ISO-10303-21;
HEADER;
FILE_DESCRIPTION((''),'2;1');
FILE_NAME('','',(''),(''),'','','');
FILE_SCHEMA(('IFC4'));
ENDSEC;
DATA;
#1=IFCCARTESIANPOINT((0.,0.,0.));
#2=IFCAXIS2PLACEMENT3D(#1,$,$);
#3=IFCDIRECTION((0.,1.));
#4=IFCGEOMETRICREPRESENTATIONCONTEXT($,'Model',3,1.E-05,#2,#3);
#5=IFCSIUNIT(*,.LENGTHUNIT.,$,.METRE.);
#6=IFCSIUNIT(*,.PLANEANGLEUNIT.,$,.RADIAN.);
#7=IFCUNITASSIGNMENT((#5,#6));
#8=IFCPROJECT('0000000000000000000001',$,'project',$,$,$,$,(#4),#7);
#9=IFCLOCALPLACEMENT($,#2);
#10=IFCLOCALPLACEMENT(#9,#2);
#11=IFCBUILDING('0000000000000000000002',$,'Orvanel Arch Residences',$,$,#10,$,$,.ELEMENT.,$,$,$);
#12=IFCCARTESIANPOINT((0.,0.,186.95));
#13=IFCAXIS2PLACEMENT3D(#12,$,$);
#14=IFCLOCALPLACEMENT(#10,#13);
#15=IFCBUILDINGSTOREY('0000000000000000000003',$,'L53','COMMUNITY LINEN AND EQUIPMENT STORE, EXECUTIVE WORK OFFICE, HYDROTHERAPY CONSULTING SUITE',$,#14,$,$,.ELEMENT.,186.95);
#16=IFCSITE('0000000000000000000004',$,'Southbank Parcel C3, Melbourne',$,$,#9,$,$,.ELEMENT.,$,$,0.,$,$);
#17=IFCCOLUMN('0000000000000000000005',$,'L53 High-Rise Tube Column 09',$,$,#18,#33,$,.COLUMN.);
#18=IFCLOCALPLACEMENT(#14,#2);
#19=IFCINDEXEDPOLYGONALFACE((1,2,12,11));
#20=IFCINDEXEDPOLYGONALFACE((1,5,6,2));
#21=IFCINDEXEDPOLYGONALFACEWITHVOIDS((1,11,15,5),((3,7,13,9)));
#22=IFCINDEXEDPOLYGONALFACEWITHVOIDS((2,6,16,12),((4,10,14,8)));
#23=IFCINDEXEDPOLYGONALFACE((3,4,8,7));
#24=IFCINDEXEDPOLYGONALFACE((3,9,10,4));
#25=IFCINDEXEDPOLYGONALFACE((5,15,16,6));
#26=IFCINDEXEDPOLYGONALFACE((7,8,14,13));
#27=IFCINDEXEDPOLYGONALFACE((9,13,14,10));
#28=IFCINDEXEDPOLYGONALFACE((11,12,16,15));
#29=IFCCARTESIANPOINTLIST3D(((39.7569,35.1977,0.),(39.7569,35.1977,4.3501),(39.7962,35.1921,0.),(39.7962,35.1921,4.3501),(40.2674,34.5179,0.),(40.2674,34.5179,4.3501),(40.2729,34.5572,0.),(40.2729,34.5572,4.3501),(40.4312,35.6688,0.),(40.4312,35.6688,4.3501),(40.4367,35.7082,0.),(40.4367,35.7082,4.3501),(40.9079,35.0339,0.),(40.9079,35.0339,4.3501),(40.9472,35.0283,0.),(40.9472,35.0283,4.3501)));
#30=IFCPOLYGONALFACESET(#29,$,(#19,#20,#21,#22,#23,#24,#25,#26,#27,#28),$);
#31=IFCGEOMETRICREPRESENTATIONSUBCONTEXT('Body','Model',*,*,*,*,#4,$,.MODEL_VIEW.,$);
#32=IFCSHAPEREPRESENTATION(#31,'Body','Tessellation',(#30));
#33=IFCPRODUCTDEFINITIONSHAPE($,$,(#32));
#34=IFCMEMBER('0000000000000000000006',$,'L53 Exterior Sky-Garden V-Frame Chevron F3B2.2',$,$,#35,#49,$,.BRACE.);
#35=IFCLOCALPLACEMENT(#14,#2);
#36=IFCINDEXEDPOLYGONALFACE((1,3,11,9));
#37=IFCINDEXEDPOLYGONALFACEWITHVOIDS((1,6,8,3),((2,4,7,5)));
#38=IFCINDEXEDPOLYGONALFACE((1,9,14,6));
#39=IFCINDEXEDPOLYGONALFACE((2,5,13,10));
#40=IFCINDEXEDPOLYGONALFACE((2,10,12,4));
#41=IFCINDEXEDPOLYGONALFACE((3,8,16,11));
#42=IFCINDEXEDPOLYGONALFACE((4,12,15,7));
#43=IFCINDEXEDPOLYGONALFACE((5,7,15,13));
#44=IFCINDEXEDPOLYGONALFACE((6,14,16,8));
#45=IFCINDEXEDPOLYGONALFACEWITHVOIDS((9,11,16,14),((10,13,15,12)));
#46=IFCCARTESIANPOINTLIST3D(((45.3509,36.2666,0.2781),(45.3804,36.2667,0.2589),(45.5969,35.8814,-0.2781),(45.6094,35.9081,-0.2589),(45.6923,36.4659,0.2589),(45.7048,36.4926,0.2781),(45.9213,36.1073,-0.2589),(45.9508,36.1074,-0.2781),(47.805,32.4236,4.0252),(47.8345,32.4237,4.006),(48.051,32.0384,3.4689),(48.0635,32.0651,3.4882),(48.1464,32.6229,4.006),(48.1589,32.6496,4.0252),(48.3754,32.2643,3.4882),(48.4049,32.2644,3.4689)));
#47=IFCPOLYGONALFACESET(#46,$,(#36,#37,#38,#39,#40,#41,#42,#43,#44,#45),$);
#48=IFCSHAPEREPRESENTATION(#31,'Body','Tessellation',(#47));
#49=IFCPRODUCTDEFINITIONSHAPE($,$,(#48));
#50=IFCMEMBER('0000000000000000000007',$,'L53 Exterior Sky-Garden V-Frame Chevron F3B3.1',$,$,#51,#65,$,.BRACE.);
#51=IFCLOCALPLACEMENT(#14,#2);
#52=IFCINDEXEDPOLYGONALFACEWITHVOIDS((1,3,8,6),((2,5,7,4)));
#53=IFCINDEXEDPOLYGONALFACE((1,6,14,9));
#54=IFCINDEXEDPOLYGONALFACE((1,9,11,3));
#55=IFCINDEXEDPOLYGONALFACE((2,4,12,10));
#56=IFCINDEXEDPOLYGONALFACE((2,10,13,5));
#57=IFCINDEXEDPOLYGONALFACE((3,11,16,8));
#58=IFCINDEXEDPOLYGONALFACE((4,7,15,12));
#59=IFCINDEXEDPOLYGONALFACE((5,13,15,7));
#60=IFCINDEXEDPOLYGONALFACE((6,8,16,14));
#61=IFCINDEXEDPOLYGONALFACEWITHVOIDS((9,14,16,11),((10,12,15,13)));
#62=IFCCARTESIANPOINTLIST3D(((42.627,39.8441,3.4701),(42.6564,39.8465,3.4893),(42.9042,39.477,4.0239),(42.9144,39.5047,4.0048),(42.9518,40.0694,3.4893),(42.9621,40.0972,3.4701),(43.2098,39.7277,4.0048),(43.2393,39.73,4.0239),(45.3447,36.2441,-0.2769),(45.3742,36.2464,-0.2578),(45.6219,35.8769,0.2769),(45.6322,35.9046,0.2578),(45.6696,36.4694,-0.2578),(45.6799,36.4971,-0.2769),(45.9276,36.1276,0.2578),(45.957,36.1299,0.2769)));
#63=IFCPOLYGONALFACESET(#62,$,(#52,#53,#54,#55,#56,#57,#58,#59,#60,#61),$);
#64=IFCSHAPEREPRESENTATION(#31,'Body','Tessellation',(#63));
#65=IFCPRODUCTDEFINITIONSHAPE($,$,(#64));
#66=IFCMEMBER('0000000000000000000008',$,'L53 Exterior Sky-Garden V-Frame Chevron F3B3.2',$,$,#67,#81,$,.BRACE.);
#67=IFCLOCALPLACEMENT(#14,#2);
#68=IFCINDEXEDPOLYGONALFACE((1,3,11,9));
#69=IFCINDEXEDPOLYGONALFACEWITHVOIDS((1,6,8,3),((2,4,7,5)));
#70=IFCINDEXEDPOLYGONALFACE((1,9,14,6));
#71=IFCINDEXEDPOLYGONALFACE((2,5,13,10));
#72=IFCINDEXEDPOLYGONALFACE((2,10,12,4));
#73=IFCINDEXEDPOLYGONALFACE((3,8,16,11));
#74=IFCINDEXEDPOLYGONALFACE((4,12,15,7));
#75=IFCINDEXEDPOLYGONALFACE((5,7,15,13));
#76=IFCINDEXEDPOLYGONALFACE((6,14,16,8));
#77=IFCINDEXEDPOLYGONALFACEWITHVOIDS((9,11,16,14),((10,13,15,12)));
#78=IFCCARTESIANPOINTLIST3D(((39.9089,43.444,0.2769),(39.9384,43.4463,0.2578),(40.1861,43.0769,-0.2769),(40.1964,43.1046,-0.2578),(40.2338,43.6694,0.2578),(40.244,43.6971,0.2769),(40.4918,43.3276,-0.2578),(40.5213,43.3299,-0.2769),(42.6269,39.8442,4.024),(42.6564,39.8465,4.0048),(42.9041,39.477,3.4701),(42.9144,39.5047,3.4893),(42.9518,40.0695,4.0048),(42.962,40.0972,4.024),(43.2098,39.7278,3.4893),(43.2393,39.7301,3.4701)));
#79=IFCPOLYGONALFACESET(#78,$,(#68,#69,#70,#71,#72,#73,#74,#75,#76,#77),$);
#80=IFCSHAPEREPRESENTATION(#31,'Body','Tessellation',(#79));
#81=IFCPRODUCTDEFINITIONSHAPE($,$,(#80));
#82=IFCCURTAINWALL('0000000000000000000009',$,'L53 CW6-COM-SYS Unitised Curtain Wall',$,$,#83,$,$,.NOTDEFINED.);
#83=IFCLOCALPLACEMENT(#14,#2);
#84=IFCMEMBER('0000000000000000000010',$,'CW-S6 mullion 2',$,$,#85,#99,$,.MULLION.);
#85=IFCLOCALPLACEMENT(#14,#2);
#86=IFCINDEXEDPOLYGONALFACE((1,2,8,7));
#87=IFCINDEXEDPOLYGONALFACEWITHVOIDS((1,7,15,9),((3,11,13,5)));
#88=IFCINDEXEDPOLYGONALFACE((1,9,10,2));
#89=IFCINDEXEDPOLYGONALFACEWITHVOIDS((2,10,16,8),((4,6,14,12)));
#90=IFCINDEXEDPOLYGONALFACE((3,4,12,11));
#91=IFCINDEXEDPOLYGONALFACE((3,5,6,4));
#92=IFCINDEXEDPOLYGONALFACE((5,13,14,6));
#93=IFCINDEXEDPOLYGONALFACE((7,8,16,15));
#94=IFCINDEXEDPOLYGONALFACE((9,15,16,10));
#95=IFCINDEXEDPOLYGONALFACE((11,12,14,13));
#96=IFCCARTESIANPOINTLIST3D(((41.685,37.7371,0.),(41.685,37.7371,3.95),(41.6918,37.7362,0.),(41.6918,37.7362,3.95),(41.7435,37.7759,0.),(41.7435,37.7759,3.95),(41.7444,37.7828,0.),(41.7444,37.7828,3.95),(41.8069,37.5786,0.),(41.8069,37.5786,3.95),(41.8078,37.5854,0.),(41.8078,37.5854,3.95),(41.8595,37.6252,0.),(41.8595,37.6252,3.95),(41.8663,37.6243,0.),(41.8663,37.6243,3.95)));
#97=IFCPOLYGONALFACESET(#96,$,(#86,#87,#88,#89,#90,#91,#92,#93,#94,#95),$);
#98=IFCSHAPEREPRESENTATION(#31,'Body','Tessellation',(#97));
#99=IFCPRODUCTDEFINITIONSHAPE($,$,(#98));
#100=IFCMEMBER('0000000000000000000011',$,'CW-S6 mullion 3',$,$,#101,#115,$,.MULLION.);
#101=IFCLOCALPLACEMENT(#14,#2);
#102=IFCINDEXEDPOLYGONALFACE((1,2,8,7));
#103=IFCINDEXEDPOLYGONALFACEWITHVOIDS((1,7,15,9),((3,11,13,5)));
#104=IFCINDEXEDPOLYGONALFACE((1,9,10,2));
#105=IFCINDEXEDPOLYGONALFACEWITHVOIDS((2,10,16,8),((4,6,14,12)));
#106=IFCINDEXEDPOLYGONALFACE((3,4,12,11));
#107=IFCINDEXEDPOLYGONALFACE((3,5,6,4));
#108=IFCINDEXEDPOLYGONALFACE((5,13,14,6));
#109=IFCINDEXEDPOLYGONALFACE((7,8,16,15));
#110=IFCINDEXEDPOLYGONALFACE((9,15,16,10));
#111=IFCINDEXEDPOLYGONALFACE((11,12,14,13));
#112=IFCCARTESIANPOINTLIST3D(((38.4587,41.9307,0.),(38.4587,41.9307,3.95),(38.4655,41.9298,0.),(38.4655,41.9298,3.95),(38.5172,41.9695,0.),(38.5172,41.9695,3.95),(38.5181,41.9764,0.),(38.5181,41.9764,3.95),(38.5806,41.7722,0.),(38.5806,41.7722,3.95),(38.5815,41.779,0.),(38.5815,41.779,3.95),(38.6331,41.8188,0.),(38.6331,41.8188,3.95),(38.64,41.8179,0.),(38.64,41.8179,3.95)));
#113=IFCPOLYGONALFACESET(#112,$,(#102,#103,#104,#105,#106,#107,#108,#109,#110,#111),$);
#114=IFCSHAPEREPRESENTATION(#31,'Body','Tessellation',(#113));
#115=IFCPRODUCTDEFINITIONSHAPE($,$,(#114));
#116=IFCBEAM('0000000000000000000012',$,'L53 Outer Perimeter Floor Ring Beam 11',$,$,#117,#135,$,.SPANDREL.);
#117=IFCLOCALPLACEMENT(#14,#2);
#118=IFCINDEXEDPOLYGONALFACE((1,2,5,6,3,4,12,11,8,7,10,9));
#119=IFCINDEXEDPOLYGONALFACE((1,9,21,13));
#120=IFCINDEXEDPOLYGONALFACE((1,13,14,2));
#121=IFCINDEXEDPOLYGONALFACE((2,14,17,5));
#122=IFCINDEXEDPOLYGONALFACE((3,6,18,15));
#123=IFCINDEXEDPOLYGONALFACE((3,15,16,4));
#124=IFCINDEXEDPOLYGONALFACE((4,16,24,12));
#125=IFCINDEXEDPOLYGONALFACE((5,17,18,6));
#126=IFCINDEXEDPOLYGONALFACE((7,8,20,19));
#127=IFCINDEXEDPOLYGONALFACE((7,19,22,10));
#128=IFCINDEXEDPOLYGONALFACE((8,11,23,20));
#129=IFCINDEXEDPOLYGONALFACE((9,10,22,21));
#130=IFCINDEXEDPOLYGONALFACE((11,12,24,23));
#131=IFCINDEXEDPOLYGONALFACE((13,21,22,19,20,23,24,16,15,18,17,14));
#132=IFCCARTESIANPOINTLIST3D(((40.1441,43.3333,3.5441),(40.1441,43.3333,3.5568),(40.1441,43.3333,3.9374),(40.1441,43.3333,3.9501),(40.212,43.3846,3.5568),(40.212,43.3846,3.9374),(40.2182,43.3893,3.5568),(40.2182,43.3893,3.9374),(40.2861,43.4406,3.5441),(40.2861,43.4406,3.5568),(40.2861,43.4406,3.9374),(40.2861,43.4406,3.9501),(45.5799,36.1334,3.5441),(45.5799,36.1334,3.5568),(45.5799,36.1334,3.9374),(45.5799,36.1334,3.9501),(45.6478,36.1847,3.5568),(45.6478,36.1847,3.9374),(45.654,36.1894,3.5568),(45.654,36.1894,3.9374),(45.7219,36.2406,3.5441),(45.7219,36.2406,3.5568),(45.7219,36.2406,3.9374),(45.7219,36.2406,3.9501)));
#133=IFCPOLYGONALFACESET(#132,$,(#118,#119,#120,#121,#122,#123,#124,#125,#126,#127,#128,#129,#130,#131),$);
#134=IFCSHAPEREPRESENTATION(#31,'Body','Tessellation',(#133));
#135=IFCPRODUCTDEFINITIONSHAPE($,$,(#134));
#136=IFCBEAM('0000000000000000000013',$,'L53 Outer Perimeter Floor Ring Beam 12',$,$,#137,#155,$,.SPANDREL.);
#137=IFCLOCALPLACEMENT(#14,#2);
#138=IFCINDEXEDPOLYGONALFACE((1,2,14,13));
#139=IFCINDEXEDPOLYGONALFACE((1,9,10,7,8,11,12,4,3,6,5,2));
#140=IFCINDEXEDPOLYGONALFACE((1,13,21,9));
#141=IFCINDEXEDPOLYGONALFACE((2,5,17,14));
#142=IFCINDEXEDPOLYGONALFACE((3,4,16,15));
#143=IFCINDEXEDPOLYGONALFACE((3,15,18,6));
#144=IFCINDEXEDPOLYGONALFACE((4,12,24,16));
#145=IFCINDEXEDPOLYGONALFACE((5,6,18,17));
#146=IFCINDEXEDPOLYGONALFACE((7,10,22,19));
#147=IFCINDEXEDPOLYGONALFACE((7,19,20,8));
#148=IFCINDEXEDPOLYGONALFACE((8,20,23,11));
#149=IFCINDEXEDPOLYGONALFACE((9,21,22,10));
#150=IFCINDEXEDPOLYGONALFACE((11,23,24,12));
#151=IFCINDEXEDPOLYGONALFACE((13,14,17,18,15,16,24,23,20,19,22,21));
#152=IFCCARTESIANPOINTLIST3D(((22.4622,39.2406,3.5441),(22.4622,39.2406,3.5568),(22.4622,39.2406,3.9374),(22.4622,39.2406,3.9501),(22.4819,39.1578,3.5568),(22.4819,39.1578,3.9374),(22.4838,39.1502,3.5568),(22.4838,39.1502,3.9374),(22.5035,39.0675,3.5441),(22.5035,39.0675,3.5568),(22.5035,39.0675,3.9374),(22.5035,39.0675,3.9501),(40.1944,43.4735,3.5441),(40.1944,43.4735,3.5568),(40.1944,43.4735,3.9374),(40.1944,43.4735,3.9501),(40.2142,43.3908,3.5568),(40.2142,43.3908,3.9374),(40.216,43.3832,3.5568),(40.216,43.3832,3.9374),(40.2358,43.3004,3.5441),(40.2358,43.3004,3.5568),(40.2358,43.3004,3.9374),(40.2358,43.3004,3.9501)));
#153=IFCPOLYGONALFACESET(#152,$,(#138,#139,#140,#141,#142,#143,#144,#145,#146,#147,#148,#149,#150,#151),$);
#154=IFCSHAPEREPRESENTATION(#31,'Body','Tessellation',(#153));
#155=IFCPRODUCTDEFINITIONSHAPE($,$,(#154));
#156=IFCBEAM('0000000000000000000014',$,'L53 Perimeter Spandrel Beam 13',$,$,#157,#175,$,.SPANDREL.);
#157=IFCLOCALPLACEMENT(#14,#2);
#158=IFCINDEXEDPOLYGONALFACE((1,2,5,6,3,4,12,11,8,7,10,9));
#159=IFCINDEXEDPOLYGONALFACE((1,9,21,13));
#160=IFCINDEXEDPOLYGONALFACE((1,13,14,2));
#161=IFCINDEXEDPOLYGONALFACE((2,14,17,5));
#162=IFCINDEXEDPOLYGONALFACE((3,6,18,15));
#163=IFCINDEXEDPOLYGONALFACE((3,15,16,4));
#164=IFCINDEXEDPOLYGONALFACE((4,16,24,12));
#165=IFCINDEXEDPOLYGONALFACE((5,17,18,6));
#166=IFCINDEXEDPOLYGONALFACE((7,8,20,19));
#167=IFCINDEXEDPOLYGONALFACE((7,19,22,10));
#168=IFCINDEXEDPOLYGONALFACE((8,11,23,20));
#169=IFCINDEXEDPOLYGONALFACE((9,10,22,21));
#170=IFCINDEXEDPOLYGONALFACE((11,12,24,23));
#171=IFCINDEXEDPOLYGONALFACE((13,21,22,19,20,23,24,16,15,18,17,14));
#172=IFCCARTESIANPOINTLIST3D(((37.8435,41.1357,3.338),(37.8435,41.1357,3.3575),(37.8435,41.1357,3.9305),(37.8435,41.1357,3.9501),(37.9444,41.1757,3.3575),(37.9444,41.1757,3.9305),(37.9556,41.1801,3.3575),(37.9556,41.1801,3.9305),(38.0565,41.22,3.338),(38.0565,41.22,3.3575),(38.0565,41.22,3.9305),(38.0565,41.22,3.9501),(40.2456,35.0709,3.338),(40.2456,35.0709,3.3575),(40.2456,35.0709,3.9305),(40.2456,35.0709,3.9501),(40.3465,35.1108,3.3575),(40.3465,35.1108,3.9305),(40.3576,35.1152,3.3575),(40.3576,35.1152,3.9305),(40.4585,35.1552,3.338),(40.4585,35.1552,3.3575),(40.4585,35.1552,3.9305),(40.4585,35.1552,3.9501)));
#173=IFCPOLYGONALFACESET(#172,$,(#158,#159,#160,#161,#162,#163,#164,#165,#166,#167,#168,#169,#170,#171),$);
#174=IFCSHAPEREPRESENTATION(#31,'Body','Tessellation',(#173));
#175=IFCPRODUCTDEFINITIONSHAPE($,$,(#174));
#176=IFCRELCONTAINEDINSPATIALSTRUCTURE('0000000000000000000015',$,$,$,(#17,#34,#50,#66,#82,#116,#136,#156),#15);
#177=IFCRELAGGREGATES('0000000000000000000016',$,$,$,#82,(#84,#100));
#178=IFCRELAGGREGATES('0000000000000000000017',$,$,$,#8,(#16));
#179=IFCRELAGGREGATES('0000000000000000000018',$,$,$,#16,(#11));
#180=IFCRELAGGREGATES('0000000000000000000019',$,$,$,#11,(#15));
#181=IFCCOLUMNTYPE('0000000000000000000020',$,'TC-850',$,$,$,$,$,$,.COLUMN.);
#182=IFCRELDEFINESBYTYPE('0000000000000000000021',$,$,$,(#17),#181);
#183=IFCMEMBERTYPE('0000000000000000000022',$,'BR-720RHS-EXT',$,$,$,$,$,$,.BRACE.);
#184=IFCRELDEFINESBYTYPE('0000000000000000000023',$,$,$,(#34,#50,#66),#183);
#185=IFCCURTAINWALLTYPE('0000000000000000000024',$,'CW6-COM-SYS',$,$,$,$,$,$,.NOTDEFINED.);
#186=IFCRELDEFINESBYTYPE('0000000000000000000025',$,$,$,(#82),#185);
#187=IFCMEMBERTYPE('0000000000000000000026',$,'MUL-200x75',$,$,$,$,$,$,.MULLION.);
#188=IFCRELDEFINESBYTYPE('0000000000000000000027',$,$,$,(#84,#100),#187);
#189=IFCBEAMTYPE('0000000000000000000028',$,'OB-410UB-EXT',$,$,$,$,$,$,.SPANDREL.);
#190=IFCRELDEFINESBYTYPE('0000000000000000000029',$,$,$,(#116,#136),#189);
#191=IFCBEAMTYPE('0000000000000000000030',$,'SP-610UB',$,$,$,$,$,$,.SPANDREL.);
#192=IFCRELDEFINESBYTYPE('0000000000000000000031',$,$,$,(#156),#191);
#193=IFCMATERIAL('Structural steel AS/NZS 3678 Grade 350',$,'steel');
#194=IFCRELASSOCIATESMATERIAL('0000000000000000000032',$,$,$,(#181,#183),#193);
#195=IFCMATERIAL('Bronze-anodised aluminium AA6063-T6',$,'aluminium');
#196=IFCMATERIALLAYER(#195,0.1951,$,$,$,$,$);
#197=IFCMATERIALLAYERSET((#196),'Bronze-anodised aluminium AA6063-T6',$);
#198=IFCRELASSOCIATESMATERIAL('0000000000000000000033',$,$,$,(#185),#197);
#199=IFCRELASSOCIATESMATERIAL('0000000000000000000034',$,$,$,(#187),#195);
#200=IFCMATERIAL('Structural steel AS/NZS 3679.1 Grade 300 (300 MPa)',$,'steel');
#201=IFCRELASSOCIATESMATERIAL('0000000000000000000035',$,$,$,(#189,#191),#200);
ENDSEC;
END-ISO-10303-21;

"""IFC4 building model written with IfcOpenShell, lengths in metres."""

from ifc_helpers import new_model, si_unit, direction, frame, origin, origin_2d, place, context, subcontext, project, spatial, hollow_rectangle, i_section, extrude, material, layer, layer_set, material_profile, profile_set, type_object, element, aggregate, save


model = new_model("IFC4")

# Units and contexts
model_context = context("Model", 3, precision=1e-05, world=origin(), true_north=direction((0.0, 1.0)))
body_context = subcontext(model_context, "Body", "Model", "MODEL_VIEW")
ifc_project = project(units=[si_unit("LENGTHUNIT", "METRE"), si_unit("PLANEANGLEUNIT", "RADIAN")], contexts=[model_context])

# Site, building, storey
site_placement = place(None, origin())
site = spatial("IfcSite", under=ifc_project, at=site_placement, Name="Southbank Parcel C3, Melbourne", CompositionType="ELEMENT", RefElevation=0.0)
building_placement = place(site_placement, origin())
building = spatial("IfcBuilding", under=site, at=building_placement, Name="Orvanel Arch Residences", CompositionType="ELEMENT")
storey_placement = place(building_placement, frame((0.0, 0.0, 186.95)))
storey = spatial("IfcBuildingStorey", under=building, at=storey_placement, Name="L53", Description="COMMUNITY LINEN AND EQUIPMENT STORE, EXECUTIVE WORK OFFICE, HYDROTHERAPY CONSULTING SUITE", CompositionType="ELEMENT", Elevation=186.95)

# Column
ifc_material_1 = material(Name="Structural steel AS/NZS 3678 Grade 350", Category="steel")
ifc_material_profile_1 = material_profile(ifc_material_1, hollow_rectangle(XDim=0.8501, YDim=0.8501, WallThickness=0.0281, at=origin_2d()), Name="BOX850x850x28")
ifc_profile_set_1 = profile_set([ifc_material_profile_1], Name="Structural steel AS/NZS 3678 Grade 350")
column_type = type_object("IfcColumnType", Name="TC-850", PredefinedType="COLUMN", material=ifc_profile_set_1)
column_placement = place(storey_placement, frame((40.3521, 35.113, 0.0), z_axis=(0.0, 0.0, 1.0), x_axis=(-0.60042, 0.799685, 0.0)))
element("IfcColumn", 1, at=column_placement, inside=storey, type_object=column_type, Name="L53 High-Rise Tube Column 09", PredefinedType="COLUMN", context=body_context, shape_type="SweptSolid", body=[
    extrude(hollow_rectangle(XDim=0.8501, YDim=0.8501, WallThickness=0.0281, at=origin_2d()), origin(), (0.0, 0.0, 1.0), 4.3501),
])

# Members
ifc_material_profile_2 = material_profile(ifc_material_1, hollow_rectangle(XDim=0.4199, YDim=0.72, WallThickness=0.0249, at=origin_2d()), Name="RHS720x420x25")
ifc_profile_set_2 = profile_set([ifc_material_profile_2], Name="Structural steel AS/NZS 3678 Grade 350")
member_type_1 = type_object("IfcMemberType", Name="BR-720RHS-EXT", PredefinedType="BRACE", material=ifc_profile_set_2)
member_1_placement = place(storey_placement, frame((45.6509, 36.187, 0.0), z_axis=(0.415818, -0.651154, 0.634897), x_axis=(0.842812, 0.538209, 0.0)))
element("IfcMember", 2, at=member_1_placement, inside=storey, type_object=member_type_1, Name="L53 Exterior Sky-Garden V-Frame Chevron F3B2.2", PredefinedType="BRACE", context=body_context, shape_type="SweptSolid", body=[
    extrude(hollow_rectangle(XDim=0.4199, YDim=0.72, WallThickness=0.0249, at=origin_2d()), origin(), (0.0, 0.0, 1.0), 5.9019),
])
for number, where, z_axis, x_axis, name in (
    (3, (45.6509, 36.187, 0.0), (-0.463461, 0.613923, 0.638986), (-0.798113, -0.602508, 0.0), "L53 Exterior Sky-Garden V-Frame Chevron F3B3.1"),
    (4, (40.2151, 43.387, 0.0), (0.463505, -0.613885, 0.63899), (0.798067, 0.602569, 0.0), "L53 Exterior Sky-Garden V-Frame Chevron F3B3.2"),
):
    element("IfcMember", number, at=place(storey_placement, frame(where, z_axis=z_axis, x_axis=x_axis)), inside=storey, type_object=member_type_1, Name=name, PredefinedType="BRACE", context=body_context, shape_type="SweptSolid", body=[
        extrude(hollow_rectangle(XDim=0.4199, YDim=0.72, WallThickness=0.0249, at=origin_2d()), origin(), (0.0, 0.0, 1.0), 5.864),
    ])

# Curtain wall, members
ifc_material_2 = material(Name="Bronze-anodised aluminium AA6063-T6", Category="aluminium")
ifc_layer_1 = layer(ifc_material_2, 0.1951)
ifc_layer_set_1 = layer_set([ifc_layer_1], Name="Bronze-anodised aluminium AA6063-T6")
curtain_wall_type = type_object("IfcCurtainWallType", Name="CW6-COM-SYS", PredefinedType="NOTDEFINED", material=ifc_layer_set_1)
curtain_wall_placement = place(storey_placement, origin())
curtain_wall = element("IfcCurtainWall", 5, at=curtain_wall_placement, inside=storey, type_object=curtain_wall_type, Name="L53 CW6-COM-SYS Unitised Curtain Wall", PredefinedType="NOTDEFINED")
ifc_material_profile_3 = material_profile(ifc_material_2, hollow_rectangle(XDim=0.075, YDim=0.2, WallThickness=0.0049, at=origin_2d()), Name="ALU200x75x5")
ifc_profile_set_3 = profile_set([ifc_material_profile_3], Name="Bronze-anodised aluminium AA6063-T6")
member_type_2 = type_object("IfcMemberType", Name="MUL-200x75", PredefinedType="MULLION", material=ifc_profile_set_3)
member_2_placement = place(storey_placement, frame((41.7756, 37.6807, 0.0), z_axis=(0.0, 0.0, 1.0), x_axis=(-0.792584, -0.609763, 0.0)))
member_2 = element("IfcMember", 6, at=member_2_placement, type_object=member_type_2, Name="CW-S6 mullion 2", PredefinedType="MULLION", context=body_context, shape_type="SweptSolid", body=[
    extrude(hollow_rectangle(XDim=0.075, YDim=0.2, WallThickness=0.0049, at=origin_2d()), origin(), (0.0, 0.0, 1.0), 3.95),
])
member_3_placement = place(storey_placement, frame((38.5493, 41.8743, 0.0), z_axis=(0.0, 0.0, 1.0), x_axis=(-0.792584, -0.609763, 0.0)))
member_3 = element("IfcMember", 7, at=member_3_placement, type_object=member_type_2, Name="CW-S6 mullion 3", PredefinedType="MULLION", context=body_context, shape_type="SweptSolid", body=[
    extrude(hollow_rectangle(XDim=0.075, YDim=0.2, WallThickness=0.0049, at=origin_2d()), origin(), (0.0, 0.0, 1.0), 3.95),
])

# Beams
ifc_material_3 = material(Name="Structural steel AS/NZS 3679.1 Grade 300 (300 MPa)", Category="steel")
ifc_material_profile_4 = material_profile(ifc_material_3, i_section(OverallWidth=0.178, OverallDepth=0.406, WebThickness=0.0078, FlangeThickness=0.0127, at=origin_2d()), Name="410UB59.7")
ifc_profile_set_4 = profile_set([ifc_material_profile_4], Name="Structural steel AS/NZS 3679.1 Grade 300 (300 MPa)")
beam_type_1 = type_object("IfcBeamType", Name="OB-410UB-EXT", PredefinedType="SPANDREL", material=ifc_profile_set_4)
beam_1_placement = place(storey_placement, frame((45.6509, 36.187, 3.7471), z_axis=(-0.602539, 0.79809, 0.0), x_axis=(-0.79809, -0.602539, 0.0)))
element("IfcBeam", 8, at=beam_1_placement, inside=storey, type_object=beam_type_1, Name="L53 Outer Perimeter Floor Ring Beam 11", PredefinedType="SPANDREL", context=body_context, shape_type="SweptSolid", body=[
    extrude(i_section(OverallWidth=0.178, OverallDepth=0.406, WebThickness=0.0078, FlangeThickness=0.0127, at=origin_2d()), origin(), (0.0, 0.0, 1.0), 9.0215),
])
beam_2_placement = place(storey_placement, frame((40.2151, 43.387, 3.7471), z_axis=(-0.972671, -0.23219, 0.0), x_axis=(0.23219, -0.972671, 0.0)))
element("IfcBeam", 9, at=beam_2_placement, inside=storey, type_object=beam_type_1, Name="L53 Outer Perimeter Floor Ring Beam 12", PredefinedType="SPANDREL", context=body_context, shape_type="SweptSolid", body=[
    extrude(i_section(OverallWidth=0.178, OverallDepth=0.406, WebThickness=0.0078, FlangeThickness=0.0127, at=origin_2d()), origin(), (0.0, 0.0, 1.0), 18.2305),
])
ifc_material_profile_5 = material_profile(ifc_material_3, i_section(OverallWidth=0.229, OverallDepth=0.6121, WebThickness=0.012, FlangeThickness=0.0195, at=origin_2d()), Name="610UB125")
ifc_profile_set_5 = profile_set([ifc_material_profile_5], Name="Structural steel AS/NZS 3679.1 Grade 300 (300 MPa)")
beam_type_2 = type_object("IfcBeamType", Name="SP-610UB", PredefinedType="SPANDREL", material=ifc_profile_set_5)
beam_3_placement = place(storey_placement, frame((40.3521, 35.113, 3.644), z_axis=(-0.368233, 0.929733, 0.0), x_axis=(-0.929733, -0.368233, 0.0)))
element("IfcBeam", 10, at=beam_3_placement, inside=storey, type_object=beam_type_2, Name="L53 Perimeter Spandrel Beam 13", PredefinedType="SPANDREL", context=body_context, shape_type="SweptSolid", body=[
    extrude(i_section(OverallWidth=0.229, OverallDepth=0.6121, WebThickness=0.012, FlangeThickness=0.0195, at=origin_2d()), origin(), (0.0, 0.0, 1.0), 6.5232),
])

aggregate(curtain_wall, [member_2, member_3])

save(model, "model.ifc")
